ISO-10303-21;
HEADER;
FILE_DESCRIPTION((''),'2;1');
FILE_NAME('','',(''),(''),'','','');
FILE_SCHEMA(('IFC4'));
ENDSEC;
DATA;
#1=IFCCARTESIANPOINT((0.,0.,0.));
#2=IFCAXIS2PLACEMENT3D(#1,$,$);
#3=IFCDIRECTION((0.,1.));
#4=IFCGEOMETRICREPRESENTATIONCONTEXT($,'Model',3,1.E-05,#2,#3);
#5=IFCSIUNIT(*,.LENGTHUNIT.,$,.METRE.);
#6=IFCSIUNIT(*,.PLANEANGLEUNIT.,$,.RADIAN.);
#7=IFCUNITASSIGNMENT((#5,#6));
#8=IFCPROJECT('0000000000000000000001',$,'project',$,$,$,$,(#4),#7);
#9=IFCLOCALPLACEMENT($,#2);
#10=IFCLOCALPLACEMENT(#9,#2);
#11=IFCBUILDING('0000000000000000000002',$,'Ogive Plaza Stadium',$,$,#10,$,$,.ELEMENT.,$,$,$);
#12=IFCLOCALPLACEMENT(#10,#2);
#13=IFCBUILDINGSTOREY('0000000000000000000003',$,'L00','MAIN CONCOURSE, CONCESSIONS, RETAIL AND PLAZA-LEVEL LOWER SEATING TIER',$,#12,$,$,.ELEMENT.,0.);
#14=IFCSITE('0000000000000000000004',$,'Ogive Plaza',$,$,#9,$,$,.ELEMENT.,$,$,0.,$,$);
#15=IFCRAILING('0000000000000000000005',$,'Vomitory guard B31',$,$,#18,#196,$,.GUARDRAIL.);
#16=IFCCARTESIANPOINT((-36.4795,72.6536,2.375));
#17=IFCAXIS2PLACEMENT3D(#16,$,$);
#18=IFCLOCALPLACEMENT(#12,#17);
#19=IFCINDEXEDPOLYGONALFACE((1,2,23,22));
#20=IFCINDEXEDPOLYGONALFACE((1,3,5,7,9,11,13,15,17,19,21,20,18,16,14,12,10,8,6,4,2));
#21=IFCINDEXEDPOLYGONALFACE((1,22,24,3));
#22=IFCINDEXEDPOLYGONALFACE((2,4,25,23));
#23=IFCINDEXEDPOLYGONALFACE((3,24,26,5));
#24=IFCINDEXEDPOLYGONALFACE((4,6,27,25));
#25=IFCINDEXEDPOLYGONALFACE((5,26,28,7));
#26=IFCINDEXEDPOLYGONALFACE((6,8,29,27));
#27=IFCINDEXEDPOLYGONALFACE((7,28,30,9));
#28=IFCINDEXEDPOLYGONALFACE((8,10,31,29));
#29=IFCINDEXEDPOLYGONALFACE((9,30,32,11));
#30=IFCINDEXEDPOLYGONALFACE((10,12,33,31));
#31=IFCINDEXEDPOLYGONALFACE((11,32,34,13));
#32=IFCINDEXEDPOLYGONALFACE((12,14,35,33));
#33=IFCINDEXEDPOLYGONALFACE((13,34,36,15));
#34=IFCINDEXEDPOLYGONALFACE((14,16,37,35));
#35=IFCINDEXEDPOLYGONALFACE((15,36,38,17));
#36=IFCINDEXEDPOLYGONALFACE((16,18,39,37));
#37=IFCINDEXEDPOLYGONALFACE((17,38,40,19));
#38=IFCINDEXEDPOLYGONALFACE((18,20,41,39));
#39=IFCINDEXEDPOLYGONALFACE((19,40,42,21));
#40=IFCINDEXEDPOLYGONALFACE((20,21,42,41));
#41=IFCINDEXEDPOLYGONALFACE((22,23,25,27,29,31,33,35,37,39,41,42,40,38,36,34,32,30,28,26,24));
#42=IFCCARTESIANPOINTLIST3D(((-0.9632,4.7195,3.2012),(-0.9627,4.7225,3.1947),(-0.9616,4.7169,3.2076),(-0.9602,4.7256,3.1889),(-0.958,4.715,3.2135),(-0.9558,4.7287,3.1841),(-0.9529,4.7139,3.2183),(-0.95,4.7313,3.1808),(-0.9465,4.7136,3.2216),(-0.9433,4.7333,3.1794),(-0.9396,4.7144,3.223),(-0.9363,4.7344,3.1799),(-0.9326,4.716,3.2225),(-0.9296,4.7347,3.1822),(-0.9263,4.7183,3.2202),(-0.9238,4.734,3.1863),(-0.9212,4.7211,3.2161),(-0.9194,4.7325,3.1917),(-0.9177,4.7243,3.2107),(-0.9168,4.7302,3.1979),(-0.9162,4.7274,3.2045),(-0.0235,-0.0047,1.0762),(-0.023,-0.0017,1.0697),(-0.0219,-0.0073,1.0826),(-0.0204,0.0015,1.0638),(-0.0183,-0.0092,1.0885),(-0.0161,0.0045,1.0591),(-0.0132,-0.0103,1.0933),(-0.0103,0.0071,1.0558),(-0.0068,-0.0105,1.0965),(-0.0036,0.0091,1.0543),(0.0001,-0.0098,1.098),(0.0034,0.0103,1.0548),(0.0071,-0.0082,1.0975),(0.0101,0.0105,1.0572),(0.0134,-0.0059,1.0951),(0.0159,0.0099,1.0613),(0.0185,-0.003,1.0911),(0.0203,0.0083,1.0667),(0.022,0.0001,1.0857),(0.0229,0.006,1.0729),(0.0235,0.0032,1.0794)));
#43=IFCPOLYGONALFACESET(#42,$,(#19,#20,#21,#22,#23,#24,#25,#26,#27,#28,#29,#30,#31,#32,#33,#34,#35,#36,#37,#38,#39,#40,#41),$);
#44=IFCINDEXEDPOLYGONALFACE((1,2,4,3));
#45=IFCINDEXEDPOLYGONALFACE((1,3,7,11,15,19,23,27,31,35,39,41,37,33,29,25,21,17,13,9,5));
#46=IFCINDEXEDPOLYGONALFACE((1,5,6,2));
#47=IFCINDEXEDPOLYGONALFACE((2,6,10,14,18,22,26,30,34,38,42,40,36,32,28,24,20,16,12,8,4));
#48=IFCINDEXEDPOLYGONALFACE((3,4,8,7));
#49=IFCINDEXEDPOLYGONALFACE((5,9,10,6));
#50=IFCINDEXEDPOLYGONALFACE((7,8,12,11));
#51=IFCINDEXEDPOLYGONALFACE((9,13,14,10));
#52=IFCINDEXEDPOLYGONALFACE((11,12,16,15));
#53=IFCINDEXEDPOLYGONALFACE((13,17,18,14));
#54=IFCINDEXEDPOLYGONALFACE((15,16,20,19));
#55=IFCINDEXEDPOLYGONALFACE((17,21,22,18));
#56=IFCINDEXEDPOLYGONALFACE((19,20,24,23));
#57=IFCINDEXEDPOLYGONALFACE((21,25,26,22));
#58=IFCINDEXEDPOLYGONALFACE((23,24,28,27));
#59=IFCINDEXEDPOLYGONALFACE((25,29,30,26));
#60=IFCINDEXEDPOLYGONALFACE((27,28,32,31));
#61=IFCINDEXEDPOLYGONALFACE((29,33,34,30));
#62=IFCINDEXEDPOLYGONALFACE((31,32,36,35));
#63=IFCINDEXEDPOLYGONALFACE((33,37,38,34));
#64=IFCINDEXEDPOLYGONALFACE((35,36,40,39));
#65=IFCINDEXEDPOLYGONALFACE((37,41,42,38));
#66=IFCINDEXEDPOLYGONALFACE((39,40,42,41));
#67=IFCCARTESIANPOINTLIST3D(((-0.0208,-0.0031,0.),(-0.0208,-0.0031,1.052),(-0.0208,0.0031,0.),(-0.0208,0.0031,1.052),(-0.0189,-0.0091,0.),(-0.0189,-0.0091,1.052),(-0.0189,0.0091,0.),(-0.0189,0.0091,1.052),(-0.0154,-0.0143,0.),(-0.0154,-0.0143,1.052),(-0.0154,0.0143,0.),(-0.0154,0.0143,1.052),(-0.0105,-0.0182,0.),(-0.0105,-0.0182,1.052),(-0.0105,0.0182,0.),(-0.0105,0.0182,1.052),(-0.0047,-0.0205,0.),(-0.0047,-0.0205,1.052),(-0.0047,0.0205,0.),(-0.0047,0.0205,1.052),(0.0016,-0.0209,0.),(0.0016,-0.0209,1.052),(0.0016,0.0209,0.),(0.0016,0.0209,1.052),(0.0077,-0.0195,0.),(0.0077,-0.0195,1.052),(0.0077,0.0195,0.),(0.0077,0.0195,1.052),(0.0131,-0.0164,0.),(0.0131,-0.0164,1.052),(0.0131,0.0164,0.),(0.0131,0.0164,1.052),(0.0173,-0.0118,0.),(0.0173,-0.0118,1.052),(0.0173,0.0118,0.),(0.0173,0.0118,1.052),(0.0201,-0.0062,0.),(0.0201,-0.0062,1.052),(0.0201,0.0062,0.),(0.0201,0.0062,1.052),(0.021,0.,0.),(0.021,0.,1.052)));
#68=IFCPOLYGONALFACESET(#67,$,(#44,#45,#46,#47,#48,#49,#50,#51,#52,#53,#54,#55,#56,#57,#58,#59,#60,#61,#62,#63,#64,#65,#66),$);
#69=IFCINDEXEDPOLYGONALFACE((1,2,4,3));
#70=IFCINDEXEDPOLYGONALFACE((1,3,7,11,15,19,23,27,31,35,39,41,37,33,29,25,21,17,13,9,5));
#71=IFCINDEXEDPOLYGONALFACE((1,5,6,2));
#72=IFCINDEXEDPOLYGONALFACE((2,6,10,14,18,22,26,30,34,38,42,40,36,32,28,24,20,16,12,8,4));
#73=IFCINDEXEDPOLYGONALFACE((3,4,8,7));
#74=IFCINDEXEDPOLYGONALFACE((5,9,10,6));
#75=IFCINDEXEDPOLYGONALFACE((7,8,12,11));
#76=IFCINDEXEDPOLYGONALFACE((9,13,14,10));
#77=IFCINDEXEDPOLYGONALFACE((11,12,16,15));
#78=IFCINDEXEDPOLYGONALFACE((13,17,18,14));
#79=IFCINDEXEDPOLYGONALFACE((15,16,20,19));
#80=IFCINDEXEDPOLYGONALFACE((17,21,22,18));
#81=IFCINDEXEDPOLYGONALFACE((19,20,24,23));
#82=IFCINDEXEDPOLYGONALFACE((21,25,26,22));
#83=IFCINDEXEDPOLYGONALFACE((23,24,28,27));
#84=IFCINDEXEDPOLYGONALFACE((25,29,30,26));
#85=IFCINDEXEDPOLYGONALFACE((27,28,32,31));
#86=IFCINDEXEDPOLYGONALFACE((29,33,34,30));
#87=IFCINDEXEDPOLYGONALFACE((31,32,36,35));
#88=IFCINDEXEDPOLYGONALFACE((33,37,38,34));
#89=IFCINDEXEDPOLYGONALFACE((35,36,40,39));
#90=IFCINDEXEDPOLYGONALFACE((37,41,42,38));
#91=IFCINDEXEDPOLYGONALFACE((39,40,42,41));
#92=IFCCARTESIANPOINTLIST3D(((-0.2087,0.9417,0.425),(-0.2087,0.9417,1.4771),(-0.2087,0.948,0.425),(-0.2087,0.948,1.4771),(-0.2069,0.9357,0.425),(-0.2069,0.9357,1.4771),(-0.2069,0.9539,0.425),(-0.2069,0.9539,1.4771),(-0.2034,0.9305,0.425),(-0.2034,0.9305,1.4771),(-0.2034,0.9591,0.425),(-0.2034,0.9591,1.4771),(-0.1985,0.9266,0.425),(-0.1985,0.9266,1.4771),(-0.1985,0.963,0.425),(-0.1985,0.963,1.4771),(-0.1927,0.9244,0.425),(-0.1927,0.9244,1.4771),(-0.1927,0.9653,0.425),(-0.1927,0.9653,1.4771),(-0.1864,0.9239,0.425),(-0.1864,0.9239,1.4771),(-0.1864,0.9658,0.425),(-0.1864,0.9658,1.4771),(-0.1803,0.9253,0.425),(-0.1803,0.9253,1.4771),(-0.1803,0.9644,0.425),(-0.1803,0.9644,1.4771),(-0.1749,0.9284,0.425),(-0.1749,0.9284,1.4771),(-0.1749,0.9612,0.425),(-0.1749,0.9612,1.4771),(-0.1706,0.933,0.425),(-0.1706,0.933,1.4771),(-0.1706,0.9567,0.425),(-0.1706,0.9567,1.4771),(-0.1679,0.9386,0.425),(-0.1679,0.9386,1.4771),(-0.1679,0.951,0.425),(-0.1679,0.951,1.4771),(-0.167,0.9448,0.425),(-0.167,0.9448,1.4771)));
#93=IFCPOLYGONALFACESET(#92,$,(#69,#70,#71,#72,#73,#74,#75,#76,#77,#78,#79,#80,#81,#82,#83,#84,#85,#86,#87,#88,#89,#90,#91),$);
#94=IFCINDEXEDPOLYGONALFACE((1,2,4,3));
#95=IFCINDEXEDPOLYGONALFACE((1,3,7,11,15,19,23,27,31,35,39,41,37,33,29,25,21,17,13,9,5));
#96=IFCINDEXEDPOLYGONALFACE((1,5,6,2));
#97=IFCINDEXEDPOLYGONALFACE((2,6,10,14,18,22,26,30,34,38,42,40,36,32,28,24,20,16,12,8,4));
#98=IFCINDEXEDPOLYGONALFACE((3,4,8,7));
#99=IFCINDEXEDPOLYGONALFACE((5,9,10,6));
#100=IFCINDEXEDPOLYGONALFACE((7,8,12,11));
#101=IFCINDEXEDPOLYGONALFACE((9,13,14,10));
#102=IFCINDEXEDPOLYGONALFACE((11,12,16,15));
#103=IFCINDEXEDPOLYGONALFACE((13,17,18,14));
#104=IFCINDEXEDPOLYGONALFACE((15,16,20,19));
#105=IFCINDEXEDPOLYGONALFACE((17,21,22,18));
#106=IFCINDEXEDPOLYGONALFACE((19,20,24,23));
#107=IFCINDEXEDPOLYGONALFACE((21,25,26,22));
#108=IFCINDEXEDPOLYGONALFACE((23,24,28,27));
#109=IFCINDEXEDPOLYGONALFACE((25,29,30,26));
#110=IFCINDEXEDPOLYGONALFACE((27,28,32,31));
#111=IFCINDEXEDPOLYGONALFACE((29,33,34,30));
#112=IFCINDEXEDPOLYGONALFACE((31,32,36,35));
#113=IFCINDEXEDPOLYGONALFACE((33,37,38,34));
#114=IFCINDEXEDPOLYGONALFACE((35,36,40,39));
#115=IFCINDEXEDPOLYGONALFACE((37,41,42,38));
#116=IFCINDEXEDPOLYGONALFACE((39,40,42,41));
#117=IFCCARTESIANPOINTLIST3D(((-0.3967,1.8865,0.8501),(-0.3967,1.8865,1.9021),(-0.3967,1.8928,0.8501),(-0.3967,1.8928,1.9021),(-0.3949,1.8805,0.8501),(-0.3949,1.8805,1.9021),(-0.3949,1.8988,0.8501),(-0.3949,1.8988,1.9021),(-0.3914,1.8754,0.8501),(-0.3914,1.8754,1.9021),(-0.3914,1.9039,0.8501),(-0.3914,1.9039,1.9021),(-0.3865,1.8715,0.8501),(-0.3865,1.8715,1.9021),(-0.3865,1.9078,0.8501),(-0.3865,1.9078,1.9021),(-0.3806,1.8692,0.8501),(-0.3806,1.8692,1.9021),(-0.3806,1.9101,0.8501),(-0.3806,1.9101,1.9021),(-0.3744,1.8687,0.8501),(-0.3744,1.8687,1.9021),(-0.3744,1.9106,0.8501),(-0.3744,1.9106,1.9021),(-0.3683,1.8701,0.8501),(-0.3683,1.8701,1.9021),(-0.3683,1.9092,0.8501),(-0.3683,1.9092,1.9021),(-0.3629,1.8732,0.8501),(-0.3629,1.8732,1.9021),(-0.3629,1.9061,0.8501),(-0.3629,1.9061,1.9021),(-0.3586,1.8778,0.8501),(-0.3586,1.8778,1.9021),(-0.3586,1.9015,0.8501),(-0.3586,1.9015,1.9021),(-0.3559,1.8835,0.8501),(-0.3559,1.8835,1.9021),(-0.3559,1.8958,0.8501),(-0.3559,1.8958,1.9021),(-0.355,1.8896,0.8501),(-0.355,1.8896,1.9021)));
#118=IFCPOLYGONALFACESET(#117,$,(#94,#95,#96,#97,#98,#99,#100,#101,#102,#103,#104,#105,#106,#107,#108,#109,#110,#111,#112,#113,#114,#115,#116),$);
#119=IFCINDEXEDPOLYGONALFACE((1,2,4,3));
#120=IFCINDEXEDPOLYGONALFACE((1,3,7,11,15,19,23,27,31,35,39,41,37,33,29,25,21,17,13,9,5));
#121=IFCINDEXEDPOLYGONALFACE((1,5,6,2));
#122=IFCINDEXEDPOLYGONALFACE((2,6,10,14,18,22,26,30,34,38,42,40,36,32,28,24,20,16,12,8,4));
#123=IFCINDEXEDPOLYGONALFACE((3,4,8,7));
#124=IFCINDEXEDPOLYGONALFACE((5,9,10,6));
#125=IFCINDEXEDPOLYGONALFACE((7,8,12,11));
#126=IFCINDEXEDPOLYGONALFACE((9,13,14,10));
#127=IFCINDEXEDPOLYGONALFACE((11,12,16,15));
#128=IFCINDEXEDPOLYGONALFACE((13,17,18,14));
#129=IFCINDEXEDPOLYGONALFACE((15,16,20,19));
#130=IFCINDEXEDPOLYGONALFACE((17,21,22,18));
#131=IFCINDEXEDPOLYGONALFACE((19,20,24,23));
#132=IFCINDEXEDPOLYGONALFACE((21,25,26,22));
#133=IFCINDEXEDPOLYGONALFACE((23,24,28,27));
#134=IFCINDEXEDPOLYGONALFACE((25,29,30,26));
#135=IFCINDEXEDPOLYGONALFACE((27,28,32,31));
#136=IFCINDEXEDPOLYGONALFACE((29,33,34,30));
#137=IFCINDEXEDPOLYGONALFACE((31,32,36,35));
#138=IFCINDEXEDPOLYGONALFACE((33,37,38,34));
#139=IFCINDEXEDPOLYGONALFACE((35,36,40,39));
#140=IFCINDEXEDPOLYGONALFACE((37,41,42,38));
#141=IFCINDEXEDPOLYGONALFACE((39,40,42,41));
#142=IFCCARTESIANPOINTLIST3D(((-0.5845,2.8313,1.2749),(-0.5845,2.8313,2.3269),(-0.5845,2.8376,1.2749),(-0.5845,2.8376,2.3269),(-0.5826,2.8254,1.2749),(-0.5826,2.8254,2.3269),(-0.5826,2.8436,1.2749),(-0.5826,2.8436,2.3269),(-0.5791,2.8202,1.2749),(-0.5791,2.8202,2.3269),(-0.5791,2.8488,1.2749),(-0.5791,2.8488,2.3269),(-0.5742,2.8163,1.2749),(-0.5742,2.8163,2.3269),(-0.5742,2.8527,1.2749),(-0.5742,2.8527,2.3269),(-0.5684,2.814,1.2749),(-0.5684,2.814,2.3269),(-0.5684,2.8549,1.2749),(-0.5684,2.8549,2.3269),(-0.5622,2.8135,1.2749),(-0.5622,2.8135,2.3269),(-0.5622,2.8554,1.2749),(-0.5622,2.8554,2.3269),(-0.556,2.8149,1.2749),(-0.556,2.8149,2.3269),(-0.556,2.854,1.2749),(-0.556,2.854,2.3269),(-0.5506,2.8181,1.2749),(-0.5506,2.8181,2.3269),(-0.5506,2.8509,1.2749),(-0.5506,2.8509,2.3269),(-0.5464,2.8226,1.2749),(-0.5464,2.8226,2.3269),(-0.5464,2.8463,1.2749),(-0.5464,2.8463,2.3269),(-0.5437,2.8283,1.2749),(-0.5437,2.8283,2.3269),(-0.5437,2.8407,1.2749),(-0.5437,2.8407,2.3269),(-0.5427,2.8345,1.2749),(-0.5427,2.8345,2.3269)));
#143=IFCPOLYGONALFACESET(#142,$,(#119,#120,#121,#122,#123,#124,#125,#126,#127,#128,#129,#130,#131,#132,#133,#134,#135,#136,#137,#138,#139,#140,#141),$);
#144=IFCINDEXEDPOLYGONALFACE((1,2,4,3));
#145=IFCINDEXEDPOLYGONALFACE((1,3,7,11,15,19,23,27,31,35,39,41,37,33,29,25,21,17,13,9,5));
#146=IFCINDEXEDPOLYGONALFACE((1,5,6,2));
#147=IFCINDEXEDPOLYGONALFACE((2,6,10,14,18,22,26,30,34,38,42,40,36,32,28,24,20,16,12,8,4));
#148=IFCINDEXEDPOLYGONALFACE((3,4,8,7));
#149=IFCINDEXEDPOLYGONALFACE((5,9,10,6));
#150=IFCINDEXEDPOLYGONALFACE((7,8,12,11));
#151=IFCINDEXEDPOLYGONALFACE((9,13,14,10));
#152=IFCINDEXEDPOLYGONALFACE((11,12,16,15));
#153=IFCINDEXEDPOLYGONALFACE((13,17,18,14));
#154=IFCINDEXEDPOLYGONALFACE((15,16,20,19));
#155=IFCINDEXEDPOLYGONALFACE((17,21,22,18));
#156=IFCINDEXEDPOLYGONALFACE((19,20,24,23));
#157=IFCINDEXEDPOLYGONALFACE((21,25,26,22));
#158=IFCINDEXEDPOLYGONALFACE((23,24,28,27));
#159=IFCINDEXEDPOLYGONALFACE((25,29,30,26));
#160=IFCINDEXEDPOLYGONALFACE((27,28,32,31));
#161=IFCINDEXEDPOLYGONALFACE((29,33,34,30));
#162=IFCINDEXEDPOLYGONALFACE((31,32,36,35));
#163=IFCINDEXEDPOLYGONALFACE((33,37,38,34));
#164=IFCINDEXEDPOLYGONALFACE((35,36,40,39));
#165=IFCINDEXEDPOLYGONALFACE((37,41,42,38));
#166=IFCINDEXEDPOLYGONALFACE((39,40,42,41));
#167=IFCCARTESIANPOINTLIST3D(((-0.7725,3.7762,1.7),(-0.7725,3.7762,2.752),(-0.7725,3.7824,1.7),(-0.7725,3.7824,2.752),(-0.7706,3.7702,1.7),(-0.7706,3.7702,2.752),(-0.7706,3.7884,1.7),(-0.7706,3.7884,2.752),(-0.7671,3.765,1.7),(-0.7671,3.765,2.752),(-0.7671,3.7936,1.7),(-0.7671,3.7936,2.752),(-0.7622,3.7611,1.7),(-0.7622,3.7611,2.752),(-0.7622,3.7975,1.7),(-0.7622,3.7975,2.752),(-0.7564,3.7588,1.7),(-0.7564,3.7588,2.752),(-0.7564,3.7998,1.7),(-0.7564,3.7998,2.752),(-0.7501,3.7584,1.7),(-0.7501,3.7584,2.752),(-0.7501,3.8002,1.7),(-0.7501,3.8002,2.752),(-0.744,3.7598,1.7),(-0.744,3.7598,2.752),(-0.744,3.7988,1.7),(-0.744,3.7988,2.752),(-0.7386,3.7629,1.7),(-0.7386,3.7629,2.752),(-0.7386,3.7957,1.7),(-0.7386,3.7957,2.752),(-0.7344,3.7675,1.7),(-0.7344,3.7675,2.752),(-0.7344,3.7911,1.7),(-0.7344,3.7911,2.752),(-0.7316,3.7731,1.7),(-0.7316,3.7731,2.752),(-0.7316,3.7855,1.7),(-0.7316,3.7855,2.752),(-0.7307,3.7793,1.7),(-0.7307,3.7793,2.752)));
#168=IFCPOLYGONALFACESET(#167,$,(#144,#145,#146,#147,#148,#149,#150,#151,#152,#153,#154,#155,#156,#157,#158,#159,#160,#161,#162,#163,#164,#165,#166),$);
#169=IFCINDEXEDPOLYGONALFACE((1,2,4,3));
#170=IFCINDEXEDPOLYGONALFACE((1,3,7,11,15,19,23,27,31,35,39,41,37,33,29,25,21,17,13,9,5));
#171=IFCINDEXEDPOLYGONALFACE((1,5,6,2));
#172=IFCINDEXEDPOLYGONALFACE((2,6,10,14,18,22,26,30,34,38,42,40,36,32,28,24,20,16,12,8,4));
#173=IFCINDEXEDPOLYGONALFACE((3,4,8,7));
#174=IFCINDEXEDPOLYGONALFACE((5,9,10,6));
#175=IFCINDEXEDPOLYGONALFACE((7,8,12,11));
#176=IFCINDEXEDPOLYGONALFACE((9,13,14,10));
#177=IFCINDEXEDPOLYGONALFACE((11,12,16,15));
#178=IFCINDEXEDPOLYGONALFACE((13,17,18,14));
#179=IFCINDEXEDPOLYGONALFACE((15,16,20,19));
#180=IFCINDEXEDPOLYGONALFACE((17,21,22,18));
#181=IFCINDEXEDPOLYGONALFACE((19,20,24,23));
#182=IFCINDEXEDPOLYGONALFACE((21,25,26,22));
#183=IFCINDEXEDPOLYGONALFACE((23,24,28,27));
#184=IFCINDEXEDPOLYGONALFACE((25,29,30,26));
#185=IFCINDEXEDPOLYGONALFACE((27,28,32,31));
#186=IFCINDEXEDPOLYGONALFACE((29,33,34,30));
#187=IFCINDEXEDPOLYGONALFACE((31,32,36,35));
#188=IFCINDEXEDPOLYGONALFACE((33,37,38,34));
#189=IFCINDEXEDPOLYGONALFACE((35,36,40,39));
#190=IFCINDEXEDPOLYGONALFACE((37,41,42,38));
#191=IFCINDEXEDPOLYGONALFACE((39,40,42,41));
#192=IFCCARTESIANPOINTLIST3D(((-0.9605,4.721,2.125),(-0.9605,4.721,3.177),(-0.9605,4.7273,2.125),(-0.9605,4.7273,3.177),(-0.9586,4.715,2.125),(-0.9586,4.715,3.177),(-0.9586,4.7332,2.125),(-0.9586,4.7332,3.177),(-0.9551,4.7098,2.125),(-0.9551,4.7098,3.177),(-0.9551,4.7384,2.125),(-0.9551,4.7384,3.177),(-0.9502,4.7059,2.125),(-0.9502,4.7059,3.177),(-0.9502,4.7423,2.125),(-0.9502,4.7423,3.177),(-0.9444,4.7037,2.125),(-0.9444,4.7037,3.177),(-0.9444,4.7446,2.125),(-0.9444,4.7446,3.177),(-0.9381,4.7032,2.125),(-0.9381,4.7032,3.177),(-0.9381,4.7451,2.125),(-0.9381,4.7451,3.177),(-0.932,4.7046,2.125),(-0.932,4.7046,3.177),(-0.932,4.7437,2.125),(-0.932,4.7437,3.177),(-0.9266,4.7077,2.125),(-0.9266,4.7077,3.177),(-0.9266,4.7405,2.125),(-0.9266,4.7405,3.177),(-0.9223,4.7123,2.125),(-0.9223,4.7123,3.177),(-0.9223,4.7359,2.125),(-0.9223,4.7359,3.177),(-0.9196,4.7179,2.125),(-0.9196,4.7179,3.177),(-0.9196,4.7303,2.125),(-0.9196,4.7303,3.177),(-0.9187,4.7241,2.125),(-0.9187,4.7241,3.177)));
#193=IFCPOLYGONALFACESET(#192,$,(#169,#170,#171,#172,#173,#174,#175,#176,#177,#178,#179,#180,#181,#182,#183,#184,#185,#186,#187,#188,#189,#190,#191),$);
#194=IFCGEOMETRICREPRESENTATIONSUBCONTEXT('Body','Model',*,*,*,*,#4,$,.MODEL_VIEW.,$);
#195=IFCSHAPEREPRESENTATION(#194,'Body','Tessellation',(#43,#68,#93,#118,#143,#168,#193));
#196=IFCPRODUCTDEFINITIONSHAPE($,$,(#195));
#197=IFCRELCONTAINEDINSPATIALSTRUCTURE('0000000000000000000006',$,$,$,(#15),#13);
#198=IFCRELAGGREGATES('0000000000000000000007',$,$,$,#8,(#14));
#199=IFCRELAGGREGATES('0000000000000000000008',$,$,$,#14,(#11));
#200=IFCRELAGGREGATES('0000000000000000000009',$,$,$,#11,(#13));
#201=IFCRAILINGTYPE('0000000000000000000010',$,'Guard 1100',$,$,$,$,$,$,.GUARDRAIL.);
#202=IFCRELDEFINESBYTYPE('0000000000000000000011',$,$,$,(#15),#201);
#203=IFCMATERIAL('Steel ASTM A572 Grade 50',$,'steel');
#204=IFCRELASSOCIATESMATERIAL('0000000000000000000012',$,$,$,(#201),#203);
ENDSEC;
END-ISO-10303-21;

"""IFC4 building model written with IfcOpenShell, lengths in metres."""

from ifc_helpers import new_model, si_unit, direction, frame, origin, origin_2d, place, context, subcontext, project, spatial, circle, extrude, material, type_object, element, save


model = new_model("IFC4")

# Units and contexts
model_context = context("Model", 3, precision=1e-05, world=origin(), true_north=direction((0.0, 1.0)))
body_context = subcontext(model_context, "Body", "Model", "MODEL_VIEW")
ifc_project = project(units=[si_unit("LENGTHUNIT", "METRE"), si_unit("PLANEANGLEUNIT", "RADIAN")], contexts=[model_context])

# Site, building, storey
site_placement = place(None, origin())
site = spatial("IfcSite", under=ifc_project, at=site_placement, Name="Ogive Plaza", CompositionType="ELEMENT", RefElevation=0.0)
building_placement = place(site_placement, origin())
building = spatial("IfcBuilding", under=site, at=building_placement, Name="Ogive Plaza Stadium", CompositionType="ELEMENT")
storey_placement = place(building_placement, origin())
storey = spatial("IfcBuildingStorey", under=building, at=storey_placement, Name="L00", Description="MAIN CONCOURSE, CONCESSIONS, RETAIL AND PLAZA-LEVEL LOWER SEATING TIER", CompositionType="ELEMENT", Elevation=0.0)

# Railing
ifc_material_1 = material(Name="Steel ASTM A572 Grade 50", Category="steel")
railing_type = type_object("IfcRailingType", Name="Guard 1100", PredefinedType="GUARDRAIL", material=ifc_material_1)
for number, where, name in (
    (1, (-36.4795, 72.6536, 2.375), "Vomitory guard B31"),
):
    element("IfcRailing", number, at=place(storey_placement, frame(where)), inside=storey, type_object=railing_type, Name=name, PredefinedType="GUARDRAIL", context=body_context, shape_type="SweptSolid", body=[
        extrude(circle(Radius=0.0239, at=origin_2d()), frame((0.0, 0.0, 1.0762), z_axis=(-0.178494, 0.897338, 0.40364), x_axis=(-0.980785, -0.195093, 0.0)), (0.0, 0.0, 1.0), 5.2646),
        extrude(circle(Radius=0.021, at=origin_2d()), origin(), (0.0, 0.0, 1.0), 1.052),
        extrude(circle(Radius=0.021, at=origin_2d()), frame((-0.188, 0.9448, 0.425)), (0.0, 0.0, 1.0), 1.052),
        extrude(circle(Radius=0.021, at=origin_2d()), frame((-0.376, 1.8896, 0.8501)), (0.0, 0.0, 1.0), 1.052),
        extrude(circle(Radius=0.021, at=origin_2d()), frame((-0.5637, 2.8345, 1.2749)), (0.0, 0.0, 1.0), 1.052),
        extrude(circle(Radius=0.021, at=origin_2d()), frame((-0.7517, 3.7793, 1.7)), (0.0, 0.0, 1.0), 1.052),
        extrude(circle(Radius=0.021, at=origin_2d()), frame((-0.9397, 4.7241, 2.125)), (0.0, 0.0, 1.0), 1.052),
    ])

save(model, "model.ifc")
